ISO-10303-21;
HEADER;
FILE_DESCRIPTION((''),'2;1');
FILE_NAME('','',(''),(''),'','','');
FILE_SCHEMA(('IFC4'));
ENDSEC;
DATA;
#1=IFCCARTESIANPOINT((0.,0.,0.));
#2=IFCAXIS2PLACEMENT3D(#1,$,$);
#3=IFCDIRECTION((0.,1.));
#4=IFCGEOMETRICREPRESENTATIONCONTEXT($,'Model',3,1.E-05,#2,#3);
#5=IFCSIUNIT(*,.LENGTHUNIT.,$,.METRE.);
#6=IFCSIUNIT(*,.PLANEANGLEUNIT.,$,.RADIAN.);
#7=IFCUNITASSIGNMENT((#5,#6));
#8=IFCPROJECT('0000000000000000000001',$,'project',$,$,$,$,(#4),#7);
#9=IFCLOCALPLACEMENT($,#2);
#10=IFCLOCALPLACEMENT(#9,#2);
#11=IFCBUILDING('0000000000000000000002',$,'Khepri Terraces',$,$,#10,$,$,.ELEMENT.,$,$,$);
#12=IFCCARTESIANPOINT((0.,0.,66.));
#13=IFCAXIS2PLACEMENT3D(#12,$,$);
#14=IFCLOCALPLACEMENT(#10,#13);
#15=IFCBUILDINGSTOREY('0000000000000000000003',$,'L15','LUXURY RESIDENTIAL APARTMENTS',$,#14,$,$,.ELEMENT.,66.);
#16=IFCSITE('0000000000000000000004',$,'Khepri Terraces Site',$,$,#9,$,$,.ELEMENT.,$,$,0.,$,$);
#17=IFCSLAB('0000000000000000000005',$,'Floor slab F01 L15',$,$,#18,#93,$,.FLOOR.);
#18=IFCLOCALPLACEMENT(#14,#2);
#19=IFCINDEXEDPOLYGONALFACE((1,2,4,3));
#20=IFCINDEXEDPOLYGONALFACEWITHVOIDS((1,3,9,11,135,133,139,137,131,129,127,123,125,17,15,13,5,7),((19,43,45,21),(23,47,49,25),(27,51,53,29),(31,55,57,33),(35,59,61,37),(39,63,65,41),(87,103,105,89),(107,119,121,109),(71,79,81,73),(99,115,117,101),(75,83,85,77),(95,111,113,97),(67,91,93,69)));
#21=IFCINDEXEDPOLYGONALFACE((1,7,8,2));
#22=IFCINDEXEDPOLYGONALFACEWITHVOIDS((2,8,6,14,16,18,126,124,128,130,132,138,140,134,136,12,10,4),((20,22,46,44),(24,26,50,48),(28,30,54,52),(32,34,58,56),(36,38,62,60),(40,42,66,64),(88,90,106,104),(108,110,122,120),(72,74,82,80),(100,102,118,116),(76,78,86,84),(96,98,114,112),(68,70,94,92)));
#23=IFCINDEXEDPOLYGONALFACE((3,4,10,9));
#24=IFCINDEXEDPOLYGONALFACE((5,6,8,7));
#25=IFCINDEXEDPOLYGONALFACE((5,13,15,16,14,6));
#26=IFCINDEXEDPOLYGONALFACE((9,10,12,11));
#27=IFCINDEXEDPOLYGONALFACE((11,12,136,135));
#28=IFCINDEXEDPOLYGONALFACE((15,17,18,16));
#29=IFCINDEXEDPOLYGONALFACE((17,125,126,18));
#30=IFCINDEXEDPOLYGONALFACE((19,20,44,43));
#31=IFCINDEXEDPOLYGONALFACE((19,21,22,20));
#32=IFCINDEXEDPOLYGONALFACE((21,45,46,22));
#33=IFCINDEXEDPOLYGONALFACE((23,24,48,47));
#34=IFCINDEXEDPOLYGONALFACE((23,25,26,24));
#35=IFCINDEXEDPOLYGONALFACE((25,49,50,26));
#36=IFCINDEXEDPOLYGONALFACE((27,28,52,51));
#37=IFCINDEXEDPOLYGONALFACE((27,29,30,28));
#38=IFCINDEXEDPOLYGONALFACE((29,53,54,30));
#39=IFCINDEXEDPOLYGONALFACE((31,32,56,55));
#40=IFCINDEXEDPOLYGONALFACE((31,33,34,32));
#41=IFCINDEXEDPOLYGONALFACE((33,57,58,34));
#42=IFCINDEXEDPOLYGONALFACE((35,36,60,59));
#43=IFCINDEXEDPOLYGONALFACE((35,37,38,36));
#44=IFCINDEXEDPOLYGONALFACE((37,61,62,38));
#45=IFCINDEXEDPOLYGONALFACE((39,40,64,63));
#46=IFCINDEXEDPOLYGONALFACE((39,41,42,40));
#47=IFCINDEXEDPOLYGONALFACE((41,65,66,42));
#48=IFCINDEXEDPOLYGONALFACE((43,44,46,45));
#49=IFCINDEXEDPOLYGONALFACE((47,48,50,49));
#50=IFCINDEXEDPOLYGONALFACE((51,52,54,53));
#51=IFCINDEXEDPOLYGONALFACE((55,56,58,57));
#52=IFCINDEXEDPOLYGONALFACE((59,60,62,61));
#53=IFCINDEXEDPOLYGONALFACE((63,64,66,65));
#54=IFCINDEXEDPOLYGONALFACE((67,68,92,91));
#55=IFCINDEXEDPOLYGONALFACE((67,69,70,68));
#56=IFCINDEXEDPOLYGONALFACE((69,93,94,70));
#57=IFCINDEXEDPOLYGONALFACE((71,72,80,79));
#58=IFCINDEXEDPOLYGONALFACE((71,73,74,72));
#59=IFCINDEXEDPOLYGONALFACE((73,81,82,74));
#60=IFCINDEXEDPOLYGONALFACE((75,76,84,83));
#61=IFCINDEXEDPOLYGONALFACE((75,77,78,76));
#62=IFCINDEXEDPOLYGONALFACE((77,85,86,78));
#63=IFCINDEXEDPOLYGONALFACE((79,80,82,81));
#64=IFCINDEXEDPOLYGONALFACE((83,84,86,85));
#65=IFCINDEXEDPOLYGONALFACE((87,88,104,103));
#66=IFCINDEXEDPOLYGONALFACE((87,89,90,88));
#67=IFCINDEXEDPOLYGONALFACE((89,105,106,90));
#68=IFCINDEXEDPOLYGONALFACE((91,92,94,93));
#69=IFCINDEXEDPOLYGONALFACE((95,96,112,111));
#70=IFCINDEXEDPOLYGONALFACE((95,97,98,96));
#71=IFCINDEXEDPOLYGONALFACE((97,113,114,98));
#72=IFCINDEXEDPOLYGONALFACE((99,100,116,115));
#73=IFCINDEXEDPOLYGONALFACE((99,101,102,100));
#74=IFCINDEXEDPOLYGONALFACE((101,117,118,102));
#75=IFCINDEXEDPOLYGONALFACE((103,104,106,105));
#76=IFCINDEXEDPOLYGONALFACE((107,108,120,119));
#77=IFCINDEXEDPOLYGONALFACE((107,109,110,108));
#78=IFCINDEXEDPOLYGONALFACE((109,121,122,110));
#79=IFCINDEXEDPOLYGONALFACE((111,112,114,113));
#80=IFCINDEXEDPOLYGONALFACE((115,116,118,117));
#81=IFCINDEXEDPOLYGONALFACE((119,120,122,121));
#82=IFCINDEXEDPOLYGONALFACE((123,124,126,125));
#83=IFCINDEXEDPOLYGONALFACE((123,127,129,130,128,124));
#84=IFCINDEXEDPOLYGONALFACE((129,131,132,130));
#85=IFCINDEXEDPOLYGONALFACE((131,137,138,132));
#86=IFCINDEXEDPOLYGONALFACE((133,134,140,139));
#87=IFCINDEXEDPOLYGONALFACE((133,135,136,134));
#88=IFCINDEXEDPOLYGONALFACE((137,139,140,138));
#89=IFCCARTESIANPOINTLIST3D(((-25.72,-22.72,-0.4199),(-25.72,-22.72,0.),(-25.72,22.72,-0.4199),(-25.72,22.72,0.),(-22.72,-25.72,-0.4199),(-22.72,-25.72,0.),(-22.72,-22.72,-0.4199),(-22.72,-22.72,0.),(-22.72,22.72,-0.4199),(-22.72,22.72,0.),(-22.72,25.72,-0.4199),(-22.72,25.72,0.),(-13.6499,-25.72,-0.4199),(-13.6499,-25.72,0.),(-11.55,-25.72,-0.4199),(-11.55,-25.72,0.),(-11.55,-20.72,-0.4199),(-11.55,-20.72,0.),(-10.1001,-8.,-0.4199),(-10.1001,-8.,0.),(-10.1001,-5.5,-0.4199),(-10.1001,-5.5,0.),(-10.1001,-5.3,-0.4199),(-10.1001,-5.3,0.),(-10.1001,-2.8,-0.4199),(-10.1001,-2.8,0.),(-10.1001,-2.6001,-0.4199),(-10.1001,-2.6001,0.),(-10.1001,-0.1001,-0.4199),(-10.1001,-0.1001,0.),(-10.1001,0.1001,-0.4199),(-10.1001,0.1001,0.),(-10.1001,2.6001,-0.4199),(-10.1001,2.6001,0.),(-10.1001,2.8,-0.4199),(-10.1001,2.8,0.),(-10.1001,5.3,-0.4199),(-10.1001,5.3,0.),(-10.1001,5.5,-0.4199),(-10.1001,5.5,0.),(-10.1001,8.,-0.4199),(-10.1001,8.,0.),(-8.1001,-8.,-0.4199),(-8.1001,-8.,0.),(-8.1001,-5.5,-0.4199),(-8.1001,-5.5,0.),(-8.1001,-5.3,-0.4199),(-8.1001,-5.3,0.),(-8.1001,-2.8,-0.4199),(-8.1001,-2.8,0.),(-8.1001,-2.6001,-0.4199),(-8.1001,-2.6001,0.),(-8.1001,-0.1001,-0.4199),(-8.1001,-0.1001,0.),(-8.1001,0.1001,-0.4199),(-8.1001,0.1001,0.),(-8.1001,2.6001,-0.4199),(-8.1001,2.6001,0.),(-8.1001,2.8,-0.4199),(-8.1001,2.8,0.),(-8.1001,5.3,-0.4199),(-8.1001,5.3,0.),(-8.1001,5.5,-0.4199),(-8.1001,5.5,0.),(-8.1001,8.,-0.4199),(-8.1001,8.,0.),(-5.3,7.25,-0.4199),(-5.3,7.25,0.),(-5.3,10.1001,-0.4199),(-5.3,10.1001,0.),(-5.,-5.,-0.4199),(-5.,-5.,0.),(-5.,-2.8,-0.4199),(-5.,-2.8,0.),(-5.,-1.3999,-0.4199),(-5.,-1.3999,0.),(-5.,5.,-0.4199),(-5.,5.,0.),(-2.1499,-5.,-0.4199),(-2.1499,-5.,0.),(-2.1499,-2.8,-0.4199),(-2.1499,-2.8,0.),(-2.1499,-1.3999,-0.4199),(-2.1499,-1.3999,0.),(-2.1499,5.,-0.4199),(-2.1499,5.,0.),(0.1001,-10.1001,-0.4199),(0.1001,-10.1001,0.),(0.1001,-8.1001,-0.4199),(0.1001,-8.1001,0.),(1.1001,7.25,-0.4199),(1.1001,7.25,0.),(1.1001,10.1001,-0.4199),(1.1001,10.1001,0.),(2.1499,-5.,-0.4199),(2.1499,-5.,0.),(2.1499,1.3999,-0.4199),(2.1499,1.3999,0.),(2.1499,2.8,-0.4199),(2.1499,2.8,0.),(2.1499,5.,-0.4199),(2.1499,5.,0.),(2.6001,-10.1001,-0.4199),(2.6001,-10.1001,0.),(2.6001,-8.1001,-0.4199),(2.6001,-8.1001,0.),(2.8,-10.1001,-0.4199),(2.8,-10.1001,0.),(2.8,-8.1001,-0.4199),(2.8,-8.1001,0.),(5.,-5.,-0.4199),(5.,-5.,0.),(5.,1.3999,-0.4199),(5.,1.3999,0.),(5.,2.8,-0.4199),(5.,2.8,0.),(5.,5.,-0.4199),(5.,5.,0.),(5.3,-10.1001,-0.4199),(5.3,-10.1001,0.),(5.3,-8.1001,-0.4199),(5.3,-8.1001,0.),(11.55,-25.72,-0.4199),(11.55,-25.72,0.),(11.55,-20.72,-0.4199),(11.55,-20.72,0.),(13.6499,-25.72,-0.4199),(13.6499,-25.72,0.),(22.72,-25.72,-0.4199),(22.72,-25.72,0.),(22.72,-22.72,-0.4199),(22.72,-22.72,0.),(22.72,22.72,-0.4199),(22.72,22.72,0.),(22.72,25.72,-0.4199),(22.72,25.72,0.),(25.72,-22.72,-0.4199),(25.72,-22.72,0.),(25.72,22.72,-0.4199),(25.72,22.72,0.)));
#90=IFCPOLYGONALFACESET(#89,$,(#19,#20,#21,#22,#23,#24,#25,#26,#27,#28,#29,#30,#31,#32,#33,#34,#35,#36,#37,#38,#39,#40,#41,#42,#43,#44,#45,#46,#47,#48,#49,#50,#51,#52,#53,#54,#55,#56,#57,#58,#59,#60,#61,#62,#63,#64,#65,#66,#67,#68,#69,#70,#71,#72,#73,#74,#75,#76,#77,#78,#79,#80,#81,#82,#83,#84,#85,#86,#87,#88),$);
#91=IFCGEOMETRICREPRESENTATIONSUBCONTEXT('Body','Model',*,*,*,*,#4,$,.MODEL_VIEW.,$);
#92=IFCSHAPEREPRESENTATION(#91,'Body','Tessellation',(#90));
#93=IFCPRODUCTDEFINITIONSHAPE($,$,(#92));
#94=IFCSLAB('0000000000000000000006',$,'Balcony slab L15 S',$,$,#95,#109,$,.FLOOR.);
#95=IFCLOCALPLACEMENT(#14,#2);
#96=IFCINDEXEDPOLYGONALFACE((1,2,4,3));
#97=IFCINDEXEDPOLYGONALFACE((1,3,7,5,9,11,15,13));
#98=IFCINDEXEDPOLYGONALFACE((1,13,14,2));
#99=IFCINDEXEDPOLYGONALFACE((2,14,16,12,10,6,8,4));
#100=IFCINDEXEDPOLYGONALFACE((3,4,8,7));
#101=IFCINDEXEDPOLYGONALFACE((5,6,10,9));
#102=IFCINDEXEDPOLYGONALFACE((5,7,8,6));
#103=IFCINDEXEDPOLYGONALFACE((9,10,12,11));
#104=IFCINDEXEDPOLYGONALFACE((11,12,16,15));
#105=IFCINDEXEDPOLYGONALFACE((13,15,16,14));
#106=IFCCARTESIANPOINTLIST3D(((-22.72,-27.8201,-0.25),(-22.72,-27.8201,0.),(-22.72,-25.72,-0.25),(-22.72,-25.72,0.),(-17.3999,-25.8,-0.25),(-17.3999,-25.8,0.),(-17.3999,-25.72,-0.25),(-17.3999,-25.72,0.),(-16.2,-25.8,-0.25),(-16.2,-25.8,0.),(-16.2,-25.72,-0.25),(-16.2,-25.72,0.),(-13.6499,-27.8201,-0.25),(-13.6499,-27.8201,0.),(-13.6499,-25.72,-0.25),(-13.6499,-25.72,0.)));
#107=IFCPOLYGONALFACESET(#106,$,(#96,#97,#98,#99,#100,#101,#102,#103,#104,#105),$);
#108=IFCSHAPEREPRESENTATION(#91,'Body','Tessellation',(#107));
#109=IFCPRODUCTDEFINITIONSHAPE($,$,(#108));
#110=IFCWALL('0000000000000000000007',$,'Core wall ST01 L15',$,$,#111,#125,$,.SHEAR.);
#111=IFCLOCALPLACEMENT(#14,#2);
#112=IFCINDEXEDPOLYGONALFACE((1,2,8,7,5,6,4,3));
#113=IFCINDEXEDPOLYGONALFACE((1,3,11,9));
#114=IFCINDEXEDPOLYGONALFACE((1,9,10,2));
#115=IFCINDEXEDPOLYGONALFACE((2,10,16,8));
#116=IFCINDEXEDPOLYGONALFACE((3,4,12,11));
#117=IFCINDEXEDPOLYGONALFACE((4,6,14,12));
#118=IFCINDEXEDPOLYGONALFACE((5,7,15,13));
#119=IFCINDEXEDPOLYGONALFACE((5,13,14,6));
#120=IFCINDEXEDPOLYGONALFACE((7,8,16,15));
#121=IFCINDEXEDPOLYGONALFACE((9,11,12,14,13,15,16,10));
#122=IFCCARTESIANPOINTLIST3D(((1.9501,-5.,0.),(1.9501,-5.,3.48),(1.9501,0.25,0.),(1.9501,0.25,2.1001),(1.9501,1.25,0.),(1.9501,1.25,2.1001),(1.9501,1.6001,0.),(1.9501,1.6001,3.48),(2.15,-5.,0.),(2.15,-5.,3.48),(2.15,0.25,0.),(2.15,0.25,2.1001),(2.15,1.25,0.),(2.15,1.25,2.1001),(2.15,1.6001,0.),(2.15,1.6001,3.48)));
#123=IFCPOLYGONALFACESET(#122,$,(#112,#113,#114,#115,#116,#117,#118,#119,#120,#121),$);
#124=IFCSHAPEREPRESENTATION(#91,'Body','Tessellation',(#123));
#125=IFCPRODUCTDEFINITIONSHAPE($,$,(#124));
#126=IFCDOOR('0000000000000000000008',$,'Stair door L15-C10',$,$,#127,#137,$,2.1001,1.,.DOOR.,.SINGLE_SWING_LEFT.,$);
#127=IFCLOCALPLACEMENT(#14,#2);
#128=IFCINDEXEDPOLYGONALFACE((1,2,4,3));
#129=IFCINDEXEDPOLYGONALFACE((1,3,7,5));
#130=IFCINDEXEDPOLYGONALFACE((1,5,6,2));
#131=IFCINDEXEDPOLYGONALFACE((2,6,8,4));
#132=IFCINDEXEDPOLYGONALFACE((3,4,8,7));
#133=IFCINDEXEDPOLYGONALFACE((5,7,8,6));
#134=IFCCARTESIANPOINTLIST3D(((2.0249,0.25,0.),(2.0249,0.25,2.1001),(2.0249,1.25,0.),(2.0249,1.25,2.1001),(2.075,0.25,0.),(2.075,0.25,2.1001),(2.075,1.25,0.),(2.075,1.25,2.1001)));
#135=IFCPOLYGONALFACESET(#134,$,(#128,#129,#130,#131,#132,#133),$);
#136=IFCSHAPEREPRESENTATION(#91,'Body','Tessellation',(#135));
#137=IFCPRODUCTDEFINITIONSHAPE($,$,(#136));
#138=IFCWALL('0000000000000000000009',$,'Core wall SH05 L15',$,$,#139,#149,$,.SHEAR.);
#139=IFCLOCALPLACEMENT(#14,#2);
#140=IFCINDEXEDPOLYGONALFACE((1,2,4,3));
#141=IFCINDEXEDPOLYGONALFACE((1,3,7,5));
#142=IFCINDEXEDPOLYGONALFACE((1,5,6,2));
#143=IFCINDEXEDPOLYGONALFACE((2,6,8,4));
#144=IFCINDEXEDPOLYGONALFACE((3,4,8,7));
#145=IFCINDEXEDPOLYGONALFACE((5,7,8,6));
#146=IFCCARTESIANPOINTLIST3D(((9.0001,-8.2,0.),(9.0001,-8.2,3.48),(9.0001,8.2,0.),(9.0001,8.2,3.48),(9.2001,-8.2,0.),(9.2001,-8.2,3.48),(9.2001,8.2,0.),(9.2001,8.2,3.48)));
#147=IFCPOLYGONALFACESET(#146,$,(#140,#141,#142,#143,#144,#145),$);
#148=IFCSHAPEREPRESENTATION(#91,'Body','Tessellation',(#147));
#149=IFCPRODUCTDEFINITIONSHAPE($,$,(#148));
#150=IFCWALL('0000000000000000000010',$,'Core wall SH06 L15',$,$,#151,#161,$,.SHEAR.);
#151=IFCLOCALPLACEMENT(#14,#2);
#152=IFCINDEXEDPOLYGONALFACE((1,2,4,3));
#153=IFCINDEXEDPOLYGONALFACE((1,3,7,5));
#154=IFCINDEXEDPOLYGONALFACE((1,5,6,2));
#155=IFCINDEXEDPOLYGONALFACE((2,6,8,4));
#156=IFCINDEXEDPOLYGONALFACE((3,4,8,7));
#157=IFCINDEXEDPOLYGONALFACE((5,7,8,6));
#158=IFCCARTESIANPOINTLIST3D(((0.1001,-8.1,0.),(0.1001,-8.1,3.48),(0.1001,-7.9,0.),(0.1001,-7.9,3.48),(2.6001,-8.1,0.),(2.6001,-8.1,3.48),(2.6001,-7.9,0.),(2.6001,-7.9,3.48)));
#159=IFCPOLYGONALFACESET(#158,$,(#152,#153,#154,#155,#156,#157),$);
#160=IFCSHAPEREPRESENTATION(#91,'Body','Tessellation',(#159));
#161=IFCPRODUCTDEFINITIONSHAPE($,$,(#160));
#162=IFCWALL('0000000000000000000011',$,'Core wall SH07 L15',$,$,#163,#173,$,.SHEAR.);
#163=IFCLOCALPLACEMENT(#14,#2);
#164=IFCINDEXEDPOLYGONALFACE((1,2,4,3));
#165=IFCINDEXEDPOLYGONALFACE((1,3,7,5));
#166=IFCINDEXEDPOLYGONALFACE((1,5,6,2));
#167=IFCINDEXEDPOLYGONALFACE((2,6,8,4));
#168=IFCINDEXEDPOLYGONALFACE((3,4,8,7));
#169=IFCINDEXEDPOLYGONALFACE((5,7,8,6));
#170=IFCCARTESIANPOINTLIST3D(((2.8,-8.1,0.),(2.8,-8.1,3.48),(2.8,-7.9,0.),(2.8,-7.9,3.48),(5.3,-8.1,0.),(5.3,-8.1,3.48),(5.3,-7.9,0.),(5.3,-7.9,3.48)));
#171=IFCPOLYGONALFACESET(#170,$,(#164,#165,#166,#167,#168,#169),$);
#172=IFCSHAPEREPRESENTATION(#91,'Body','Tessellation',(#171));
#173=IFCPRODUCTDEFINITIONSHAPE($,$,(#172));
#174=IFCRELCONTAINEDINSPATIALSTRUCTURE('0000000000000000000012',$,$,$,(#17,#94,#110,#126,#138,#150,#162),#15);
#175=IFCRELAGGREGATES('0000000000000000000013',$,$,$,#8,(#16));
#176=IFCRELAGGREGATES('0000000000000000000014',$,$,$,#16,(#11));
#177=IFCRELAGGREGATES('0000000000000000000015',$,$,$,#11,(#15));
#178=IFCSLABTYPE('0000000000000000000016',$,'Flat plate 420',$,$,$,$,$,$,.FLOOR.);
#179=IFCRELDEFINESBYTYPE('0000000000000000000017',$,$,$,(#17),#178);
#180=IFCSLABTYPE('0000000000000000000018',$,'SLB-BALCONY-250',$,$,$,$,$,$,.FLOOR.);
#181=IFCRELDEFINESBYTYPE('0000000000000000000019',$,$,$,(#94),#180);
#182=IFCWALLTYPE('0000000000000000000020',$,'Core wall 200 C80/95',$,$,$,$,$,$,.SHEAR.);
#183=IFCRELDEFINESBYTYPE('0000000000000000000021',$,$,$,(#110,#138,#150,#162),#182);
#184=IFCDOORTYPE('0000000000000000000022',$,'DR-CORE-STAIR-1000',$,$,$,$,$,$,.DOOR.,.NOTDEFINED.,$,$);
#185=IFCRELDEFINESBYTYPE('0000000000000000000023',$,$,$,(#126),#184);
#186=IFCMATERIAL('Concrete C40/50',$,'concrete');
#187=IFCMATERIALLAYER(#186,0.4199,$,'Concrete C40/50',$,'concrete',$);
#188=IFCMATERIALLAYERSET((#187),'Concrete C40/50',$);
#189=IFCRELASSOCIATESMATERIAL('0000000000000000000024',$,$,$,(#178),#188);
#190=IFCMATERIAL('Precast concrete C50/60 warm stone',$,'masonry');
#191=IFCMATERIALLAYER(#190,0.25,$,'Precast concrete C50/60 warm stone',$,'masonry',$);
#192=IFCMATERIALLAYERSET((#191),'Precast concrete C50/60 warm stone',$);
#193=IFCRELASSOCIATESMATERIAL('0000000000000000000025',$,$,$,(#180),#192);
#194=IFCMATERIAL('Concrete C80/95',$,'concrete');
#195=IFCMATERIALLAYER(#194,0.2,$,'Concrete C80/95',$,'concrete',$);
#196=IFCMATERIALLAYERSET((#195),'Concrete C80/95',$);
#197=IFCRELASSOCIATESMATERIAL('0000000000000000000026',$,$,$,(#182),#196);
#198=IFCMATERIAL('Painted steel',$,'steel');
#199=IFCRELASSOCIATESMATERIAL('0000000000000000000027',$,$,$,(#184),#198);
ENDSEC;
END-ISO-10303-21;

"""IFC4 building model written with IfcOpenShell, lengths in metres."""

from ifc_helpers import new_model, si_unit, direction, frame, frame_2d, origin, place, context, subcontext, project, spatial, polyline, rectangle, outline, extrude, material, layer, layer_set, type_object, element, fill, save


model = new_model("IFC4")

# Units and contexts
model_context = context("Model", 3, precision=1e-05, world=origin(), true_north=direction((0.0, 1.0)))
body_context = subcontext(model_context, "Body", "Model", "MODEL_VIEW")
ifc_project = project(units=[si_unit("LENGTHUNIT", "METRE"), si_unit("PLANEANGLEUNIT", "RADIAN")], contexts=[model_context])

# Site, building, storey
site_placement = place(None, origin())
site = spatial("IfcSite", under=ifc_project, at=site_placement, Name="Khepri Terraces Site", CompositionType="ELEMENT", RefElevation=0.0)
building_placement = place(site_placement, origin())
building = spatial("IfcBuilding", under=site, at=building_placement, Name="Khepri Terraces", CompositionType="ELEMENT")
storey_placement = place(building_placement, frame((0.0, 0.0, 66.0)))
storey = spatial("IfcBuildingStorey", under=building, at=storey_placement, Name="L15", Description="LUXURY RESIDENTIAL APARTMENTS", CompositionType="ELEMENT", Elevation=66.0)

# Slabs
ifc_material_1 = material(Name="Concrete C40/50", Category="concrete")
ifc_layer_1 = layer(ifc_material_1, 0.4199, Name="Concrete C40/50", Category="concrete")
ifc_layer_set_1 = layer_set([ifc_layer_1], Name="Concrete C40/50")
slab_type_1 = type_object("IfcSlabType", Name="Flat plate 420", PredefinedType="FLOOR", material=ifc_layer_set_1)
slab_1_placement = place(storey_placement, frame((0.0, 0.0, -0.4199)))
element("IfcSlab", 1, at=slab_1_placement, inside=storey, type_object=slab_type_1, Name="Floor slab F01 L15", PredefinedType="FLOOR", context=body_context, shape_type="SweptSolid", body=[
    extrude(outline(polyline([(22.72, -25.72), (13.6499, -25.72), (11.55, -25.72), (11.55, -20.72), (-11.55, -20.72), (-11.55, -25.72), (-13.6499, -25.72), (-22.72, -25.72), (-22.72, -22.72), (-25.72, -22.72), (-25.72, 22.72), (-22.72, 22.72), (-22.72, 25.72), (22.72, 25.72), (22.72, 22.72), (25.72, 22.72), (25.72, -22.72), (22.72, -22.72), (22.72, -25.72)]), holes=[polyline([(5.0, 5.0), (2.1499, 5.0), (2.1499, 2.8), (5.0, 2.8), (5.0, 5.0)]), polyline([(-2.1499, -5.0), (-2.1499, -2.8), (-5.0, -2.8), (-5.0, -5.0), (-2.1499, -5.0)]), polyline([(-10.1001, -8.0), (-8.1001, -8.0), (-8.1001, -5.5), (-10.1001, -5.5), (-10.1001, -8.0)]), polyline([(-10.1001, -2.8), (-10.1001, -5.3), (-8.1001, -5.3), (-8.1001, -2.8), (-10.1001, -2.8)]), polyline([(-8.1001, -0.1001), (-10.1001, -0.1001), (-10.1001, -2.6001), (-8.1001, -2.6001), (-8.1001, -0.1001)]), polyline([(-8.1001, 0.1001), (-8.1001, 2.6001), (-10.1001, 2.6001), (-10.1001, 0.1001), (-8.1001, 0.1001)]), polyline([(-10.1001, 2.8), (-8.1001, 2.8), (-8.1001, 5.3), (-10.1001, 5.3), (-10.1001, 2.8)]), polyline([(-10.1001, 8.0), (-10.1001, 5.5), (-8.1001, 5.5), (-8.1001, 8.0), (-10.1001, 8.0)]), polyline([(2.6001, -8.1001), (0.1001, -8.1001), (0.1001, -10.1001), (2.6001, -10.1001), (2.6001, -8.1001)]), polyline([(5.3, -10.1001), (5.3, -8.1001), (2.8, -8.1001), (2.8, -10.1001), (5.3, -10.1001)]), polyline([(-5.0, -1.3999), (-2.1499, -1.3999), (-2.1499, 5.0), (-5.0, 5.0), (-5.0, -1.3999)]), polyline([(5.0, -5.0), (5.0, 1.3999), (2.1499, 1.3999), (2.1499, -5.0), (5.0, -5.0)]), polyline([(-5.3, 10.1001), (-5.3, 7.25), (1.1001, 7.25), (1.1001, 10.1001), (-5.3, 10.1001)])]), origin(), (0.0, 0.0, 1.0), 0.4199),
])
ifc_material_2 = material(Name="Precast concrete C50/60 warm stone", Category="masonry")
ifc_layer_2 = layer(ifc_material_2, 0.25, Name="Precast concrete C50/60 warm stone", Category="masonry")
ifc_layer_set_2 = layer_set([ifc_layer_2], Name="Precast concrete C50/60 warm stone")
slab_type_2 = type_object("IfcSlabType", Name="SLB-BALCONY-250", PredefinedType="FLOOR", material=ifc_layer_set_2)
slab_2_placement = place(storey_placement, frame((0.0, 0.0, -0.25)))
element("IfcSlab", 2, at=slab_2_placement, inside=storey, type_object=slab_type_2, Name="Balcony slab L15 S", PredefinedType="FLOOR", context=body_context, shape_type="SweptSolid", body=[
    extrude(outline(polyline([(-17.3999, -25.72), (-22.72, -25.72), (-22.72, -27.8201), (-13.6499, -27.8201), (-13.6499, -25.72), (-16.2, -25.72), (-16.2, -25.8), (-17.3999, -25.8), (-17.3999, -25.72)])), origin(), (0.0, 0.0, 1.0), 0.25),
])

# Wall, opening, door
ifc_material_3 = material(Name="Concrete C80/95", Category="concrete")
ifc_layer_3 = layer(ifc_material_3, 0.2, Name="Concrete C80/95", Category="concrete")
ifc_layer_set_3 = layer_set([ifc_layer_3], Name="Concrete C80/95")
wall_type_1 = type_object("IfcWallType", Name="Core wall 200 C80/95", PredefinedType="SHEAR", material=ifc_layer_set_3)
wall_1_placement = place(storey_placement, frame((2.05, -5.0, 0.0), z_axis=(0.0, 0.0, 1.0), x_axis=(0.0, 1.0, 0.0)))
wall_1 = element("IfcWall", 3, at=wall_1_placement, inside=storey, type_object=wall_type_1, Name="Core wall ST01 L15", PredefinedType="SHEAR", context=body_context, shape_type="SweptSolid", body=[
    extrude(rectangle(XDim=6.6001, YDim=0.2, at=frame_2d((3.3, 0.0))), origin(), (0.0, 0.0, 1.0), 3.48),
])
opening_1_placement = place(wall_1_placement, frame((5.25, 0.0, 0.0)))
opening_1 = element("IfcOpeningElement", 4, at=opening_1_placement, cuts=wall_1, PredefinedType="OPENING", context=body_context, shape_type="SweptSolid", body=[
    extrude(rectangle(XDim=1.0, YDim=2.1001, at=frame_2d((0.5, 1.05))), frame((0.0, 0.1099, 0.0), z_axis=(0.0, -1.0, 0.0), x_axis=(1.0, 0.0, 0.0)), (0.0, 0.0, 1.0), 0.22),
])
ifc_material_4 = material(Name="Painted steel", Category="steel")
door_type_1 = type_object("IfcDoorType", Name="DR-CORE-STAIR-1000", OperationType="NOTDEFINED", PredefinedType="DOOR", material=ifc_material_4)
door_1_placement = place(opening_1_placement, frame((1.0, 0.0, 0.0), z_axis=(0.0, 0.0, 1.0), x_axis=(-1.0, 0.0, 0.0)))
door_1 = element("IfcDoor", 5, at=door_1_placement, inside=storey, type_object=door_type_1, Name="Stair door L15-C10", OperationType="SINGLE_SWING_LEFT", OverallHeight=2.1001, OverallWidth=1.0, PredefinedType="DOOR", context=body_context, shape_type="SweptSolid", body=[
    extrude(rectangle(XDim=1.0, YDim=2.1001, at=frame_2d((0.5, 1.05))), frame((0.0, 0.0249, 0.0), z_axis=(0.0, -1.0, 0.0), x_axis=(1.0, 0.0, 0.0)), (0.0, 0.0, 1.0), 0.05),
])
fill(opening_1, door_1)

# Walls
wall_2_placement = place(storey_placement, frame((9.1001, -8.2, 0.0), z_axis=(0.0, 0.0, 1.0), x_axis=(0.0, 1.0, 0.0)))
element("IfcWall", 6, at=wall_2_placement, inside=storey, type_object=wall_type_1, Name="Core wall SH05 L15", PredefinedType="SHEAR", context=body_context, shape_type="SweptSolid", body=[
    extrude(rectangle(XDim=16.3999, YDim=0.2, at=frame_2d((8.2, 0.0))), origin(), (0.0, 0.0, 1.0), 3.48),
])
for number, where, z_axis, x_axis, name in (
    (7, (0.1001, -8.0, 0.0), (0.0, 0.0, 1.0), (1.0, 0.0, 0.0), "Core wall SH06 L15"),
    (8, (2.8, -8.0, 0.0), (0.0, 0.0, 1.0), (1.0, 0.0, 0.0), "Core wall SH07 L15"),
):
    element("IfcWall", number, at=place(storey_placement, frame(where, z_axis=z_axis, x_axis=x_axis)), inside=storey, type_object=wall_type_1, Name=name, PredefinedType="SHEAR", context=body_context, shape_type="SweptSolid", body=[
        extrude(rectangle(XDim=2.5, YDim=0.2, at=frame_2d((1.25, 0.0))), origin(), (0.0, 0.0, 1.0), 3.48),
    ])

save(model, "model.ifc")
